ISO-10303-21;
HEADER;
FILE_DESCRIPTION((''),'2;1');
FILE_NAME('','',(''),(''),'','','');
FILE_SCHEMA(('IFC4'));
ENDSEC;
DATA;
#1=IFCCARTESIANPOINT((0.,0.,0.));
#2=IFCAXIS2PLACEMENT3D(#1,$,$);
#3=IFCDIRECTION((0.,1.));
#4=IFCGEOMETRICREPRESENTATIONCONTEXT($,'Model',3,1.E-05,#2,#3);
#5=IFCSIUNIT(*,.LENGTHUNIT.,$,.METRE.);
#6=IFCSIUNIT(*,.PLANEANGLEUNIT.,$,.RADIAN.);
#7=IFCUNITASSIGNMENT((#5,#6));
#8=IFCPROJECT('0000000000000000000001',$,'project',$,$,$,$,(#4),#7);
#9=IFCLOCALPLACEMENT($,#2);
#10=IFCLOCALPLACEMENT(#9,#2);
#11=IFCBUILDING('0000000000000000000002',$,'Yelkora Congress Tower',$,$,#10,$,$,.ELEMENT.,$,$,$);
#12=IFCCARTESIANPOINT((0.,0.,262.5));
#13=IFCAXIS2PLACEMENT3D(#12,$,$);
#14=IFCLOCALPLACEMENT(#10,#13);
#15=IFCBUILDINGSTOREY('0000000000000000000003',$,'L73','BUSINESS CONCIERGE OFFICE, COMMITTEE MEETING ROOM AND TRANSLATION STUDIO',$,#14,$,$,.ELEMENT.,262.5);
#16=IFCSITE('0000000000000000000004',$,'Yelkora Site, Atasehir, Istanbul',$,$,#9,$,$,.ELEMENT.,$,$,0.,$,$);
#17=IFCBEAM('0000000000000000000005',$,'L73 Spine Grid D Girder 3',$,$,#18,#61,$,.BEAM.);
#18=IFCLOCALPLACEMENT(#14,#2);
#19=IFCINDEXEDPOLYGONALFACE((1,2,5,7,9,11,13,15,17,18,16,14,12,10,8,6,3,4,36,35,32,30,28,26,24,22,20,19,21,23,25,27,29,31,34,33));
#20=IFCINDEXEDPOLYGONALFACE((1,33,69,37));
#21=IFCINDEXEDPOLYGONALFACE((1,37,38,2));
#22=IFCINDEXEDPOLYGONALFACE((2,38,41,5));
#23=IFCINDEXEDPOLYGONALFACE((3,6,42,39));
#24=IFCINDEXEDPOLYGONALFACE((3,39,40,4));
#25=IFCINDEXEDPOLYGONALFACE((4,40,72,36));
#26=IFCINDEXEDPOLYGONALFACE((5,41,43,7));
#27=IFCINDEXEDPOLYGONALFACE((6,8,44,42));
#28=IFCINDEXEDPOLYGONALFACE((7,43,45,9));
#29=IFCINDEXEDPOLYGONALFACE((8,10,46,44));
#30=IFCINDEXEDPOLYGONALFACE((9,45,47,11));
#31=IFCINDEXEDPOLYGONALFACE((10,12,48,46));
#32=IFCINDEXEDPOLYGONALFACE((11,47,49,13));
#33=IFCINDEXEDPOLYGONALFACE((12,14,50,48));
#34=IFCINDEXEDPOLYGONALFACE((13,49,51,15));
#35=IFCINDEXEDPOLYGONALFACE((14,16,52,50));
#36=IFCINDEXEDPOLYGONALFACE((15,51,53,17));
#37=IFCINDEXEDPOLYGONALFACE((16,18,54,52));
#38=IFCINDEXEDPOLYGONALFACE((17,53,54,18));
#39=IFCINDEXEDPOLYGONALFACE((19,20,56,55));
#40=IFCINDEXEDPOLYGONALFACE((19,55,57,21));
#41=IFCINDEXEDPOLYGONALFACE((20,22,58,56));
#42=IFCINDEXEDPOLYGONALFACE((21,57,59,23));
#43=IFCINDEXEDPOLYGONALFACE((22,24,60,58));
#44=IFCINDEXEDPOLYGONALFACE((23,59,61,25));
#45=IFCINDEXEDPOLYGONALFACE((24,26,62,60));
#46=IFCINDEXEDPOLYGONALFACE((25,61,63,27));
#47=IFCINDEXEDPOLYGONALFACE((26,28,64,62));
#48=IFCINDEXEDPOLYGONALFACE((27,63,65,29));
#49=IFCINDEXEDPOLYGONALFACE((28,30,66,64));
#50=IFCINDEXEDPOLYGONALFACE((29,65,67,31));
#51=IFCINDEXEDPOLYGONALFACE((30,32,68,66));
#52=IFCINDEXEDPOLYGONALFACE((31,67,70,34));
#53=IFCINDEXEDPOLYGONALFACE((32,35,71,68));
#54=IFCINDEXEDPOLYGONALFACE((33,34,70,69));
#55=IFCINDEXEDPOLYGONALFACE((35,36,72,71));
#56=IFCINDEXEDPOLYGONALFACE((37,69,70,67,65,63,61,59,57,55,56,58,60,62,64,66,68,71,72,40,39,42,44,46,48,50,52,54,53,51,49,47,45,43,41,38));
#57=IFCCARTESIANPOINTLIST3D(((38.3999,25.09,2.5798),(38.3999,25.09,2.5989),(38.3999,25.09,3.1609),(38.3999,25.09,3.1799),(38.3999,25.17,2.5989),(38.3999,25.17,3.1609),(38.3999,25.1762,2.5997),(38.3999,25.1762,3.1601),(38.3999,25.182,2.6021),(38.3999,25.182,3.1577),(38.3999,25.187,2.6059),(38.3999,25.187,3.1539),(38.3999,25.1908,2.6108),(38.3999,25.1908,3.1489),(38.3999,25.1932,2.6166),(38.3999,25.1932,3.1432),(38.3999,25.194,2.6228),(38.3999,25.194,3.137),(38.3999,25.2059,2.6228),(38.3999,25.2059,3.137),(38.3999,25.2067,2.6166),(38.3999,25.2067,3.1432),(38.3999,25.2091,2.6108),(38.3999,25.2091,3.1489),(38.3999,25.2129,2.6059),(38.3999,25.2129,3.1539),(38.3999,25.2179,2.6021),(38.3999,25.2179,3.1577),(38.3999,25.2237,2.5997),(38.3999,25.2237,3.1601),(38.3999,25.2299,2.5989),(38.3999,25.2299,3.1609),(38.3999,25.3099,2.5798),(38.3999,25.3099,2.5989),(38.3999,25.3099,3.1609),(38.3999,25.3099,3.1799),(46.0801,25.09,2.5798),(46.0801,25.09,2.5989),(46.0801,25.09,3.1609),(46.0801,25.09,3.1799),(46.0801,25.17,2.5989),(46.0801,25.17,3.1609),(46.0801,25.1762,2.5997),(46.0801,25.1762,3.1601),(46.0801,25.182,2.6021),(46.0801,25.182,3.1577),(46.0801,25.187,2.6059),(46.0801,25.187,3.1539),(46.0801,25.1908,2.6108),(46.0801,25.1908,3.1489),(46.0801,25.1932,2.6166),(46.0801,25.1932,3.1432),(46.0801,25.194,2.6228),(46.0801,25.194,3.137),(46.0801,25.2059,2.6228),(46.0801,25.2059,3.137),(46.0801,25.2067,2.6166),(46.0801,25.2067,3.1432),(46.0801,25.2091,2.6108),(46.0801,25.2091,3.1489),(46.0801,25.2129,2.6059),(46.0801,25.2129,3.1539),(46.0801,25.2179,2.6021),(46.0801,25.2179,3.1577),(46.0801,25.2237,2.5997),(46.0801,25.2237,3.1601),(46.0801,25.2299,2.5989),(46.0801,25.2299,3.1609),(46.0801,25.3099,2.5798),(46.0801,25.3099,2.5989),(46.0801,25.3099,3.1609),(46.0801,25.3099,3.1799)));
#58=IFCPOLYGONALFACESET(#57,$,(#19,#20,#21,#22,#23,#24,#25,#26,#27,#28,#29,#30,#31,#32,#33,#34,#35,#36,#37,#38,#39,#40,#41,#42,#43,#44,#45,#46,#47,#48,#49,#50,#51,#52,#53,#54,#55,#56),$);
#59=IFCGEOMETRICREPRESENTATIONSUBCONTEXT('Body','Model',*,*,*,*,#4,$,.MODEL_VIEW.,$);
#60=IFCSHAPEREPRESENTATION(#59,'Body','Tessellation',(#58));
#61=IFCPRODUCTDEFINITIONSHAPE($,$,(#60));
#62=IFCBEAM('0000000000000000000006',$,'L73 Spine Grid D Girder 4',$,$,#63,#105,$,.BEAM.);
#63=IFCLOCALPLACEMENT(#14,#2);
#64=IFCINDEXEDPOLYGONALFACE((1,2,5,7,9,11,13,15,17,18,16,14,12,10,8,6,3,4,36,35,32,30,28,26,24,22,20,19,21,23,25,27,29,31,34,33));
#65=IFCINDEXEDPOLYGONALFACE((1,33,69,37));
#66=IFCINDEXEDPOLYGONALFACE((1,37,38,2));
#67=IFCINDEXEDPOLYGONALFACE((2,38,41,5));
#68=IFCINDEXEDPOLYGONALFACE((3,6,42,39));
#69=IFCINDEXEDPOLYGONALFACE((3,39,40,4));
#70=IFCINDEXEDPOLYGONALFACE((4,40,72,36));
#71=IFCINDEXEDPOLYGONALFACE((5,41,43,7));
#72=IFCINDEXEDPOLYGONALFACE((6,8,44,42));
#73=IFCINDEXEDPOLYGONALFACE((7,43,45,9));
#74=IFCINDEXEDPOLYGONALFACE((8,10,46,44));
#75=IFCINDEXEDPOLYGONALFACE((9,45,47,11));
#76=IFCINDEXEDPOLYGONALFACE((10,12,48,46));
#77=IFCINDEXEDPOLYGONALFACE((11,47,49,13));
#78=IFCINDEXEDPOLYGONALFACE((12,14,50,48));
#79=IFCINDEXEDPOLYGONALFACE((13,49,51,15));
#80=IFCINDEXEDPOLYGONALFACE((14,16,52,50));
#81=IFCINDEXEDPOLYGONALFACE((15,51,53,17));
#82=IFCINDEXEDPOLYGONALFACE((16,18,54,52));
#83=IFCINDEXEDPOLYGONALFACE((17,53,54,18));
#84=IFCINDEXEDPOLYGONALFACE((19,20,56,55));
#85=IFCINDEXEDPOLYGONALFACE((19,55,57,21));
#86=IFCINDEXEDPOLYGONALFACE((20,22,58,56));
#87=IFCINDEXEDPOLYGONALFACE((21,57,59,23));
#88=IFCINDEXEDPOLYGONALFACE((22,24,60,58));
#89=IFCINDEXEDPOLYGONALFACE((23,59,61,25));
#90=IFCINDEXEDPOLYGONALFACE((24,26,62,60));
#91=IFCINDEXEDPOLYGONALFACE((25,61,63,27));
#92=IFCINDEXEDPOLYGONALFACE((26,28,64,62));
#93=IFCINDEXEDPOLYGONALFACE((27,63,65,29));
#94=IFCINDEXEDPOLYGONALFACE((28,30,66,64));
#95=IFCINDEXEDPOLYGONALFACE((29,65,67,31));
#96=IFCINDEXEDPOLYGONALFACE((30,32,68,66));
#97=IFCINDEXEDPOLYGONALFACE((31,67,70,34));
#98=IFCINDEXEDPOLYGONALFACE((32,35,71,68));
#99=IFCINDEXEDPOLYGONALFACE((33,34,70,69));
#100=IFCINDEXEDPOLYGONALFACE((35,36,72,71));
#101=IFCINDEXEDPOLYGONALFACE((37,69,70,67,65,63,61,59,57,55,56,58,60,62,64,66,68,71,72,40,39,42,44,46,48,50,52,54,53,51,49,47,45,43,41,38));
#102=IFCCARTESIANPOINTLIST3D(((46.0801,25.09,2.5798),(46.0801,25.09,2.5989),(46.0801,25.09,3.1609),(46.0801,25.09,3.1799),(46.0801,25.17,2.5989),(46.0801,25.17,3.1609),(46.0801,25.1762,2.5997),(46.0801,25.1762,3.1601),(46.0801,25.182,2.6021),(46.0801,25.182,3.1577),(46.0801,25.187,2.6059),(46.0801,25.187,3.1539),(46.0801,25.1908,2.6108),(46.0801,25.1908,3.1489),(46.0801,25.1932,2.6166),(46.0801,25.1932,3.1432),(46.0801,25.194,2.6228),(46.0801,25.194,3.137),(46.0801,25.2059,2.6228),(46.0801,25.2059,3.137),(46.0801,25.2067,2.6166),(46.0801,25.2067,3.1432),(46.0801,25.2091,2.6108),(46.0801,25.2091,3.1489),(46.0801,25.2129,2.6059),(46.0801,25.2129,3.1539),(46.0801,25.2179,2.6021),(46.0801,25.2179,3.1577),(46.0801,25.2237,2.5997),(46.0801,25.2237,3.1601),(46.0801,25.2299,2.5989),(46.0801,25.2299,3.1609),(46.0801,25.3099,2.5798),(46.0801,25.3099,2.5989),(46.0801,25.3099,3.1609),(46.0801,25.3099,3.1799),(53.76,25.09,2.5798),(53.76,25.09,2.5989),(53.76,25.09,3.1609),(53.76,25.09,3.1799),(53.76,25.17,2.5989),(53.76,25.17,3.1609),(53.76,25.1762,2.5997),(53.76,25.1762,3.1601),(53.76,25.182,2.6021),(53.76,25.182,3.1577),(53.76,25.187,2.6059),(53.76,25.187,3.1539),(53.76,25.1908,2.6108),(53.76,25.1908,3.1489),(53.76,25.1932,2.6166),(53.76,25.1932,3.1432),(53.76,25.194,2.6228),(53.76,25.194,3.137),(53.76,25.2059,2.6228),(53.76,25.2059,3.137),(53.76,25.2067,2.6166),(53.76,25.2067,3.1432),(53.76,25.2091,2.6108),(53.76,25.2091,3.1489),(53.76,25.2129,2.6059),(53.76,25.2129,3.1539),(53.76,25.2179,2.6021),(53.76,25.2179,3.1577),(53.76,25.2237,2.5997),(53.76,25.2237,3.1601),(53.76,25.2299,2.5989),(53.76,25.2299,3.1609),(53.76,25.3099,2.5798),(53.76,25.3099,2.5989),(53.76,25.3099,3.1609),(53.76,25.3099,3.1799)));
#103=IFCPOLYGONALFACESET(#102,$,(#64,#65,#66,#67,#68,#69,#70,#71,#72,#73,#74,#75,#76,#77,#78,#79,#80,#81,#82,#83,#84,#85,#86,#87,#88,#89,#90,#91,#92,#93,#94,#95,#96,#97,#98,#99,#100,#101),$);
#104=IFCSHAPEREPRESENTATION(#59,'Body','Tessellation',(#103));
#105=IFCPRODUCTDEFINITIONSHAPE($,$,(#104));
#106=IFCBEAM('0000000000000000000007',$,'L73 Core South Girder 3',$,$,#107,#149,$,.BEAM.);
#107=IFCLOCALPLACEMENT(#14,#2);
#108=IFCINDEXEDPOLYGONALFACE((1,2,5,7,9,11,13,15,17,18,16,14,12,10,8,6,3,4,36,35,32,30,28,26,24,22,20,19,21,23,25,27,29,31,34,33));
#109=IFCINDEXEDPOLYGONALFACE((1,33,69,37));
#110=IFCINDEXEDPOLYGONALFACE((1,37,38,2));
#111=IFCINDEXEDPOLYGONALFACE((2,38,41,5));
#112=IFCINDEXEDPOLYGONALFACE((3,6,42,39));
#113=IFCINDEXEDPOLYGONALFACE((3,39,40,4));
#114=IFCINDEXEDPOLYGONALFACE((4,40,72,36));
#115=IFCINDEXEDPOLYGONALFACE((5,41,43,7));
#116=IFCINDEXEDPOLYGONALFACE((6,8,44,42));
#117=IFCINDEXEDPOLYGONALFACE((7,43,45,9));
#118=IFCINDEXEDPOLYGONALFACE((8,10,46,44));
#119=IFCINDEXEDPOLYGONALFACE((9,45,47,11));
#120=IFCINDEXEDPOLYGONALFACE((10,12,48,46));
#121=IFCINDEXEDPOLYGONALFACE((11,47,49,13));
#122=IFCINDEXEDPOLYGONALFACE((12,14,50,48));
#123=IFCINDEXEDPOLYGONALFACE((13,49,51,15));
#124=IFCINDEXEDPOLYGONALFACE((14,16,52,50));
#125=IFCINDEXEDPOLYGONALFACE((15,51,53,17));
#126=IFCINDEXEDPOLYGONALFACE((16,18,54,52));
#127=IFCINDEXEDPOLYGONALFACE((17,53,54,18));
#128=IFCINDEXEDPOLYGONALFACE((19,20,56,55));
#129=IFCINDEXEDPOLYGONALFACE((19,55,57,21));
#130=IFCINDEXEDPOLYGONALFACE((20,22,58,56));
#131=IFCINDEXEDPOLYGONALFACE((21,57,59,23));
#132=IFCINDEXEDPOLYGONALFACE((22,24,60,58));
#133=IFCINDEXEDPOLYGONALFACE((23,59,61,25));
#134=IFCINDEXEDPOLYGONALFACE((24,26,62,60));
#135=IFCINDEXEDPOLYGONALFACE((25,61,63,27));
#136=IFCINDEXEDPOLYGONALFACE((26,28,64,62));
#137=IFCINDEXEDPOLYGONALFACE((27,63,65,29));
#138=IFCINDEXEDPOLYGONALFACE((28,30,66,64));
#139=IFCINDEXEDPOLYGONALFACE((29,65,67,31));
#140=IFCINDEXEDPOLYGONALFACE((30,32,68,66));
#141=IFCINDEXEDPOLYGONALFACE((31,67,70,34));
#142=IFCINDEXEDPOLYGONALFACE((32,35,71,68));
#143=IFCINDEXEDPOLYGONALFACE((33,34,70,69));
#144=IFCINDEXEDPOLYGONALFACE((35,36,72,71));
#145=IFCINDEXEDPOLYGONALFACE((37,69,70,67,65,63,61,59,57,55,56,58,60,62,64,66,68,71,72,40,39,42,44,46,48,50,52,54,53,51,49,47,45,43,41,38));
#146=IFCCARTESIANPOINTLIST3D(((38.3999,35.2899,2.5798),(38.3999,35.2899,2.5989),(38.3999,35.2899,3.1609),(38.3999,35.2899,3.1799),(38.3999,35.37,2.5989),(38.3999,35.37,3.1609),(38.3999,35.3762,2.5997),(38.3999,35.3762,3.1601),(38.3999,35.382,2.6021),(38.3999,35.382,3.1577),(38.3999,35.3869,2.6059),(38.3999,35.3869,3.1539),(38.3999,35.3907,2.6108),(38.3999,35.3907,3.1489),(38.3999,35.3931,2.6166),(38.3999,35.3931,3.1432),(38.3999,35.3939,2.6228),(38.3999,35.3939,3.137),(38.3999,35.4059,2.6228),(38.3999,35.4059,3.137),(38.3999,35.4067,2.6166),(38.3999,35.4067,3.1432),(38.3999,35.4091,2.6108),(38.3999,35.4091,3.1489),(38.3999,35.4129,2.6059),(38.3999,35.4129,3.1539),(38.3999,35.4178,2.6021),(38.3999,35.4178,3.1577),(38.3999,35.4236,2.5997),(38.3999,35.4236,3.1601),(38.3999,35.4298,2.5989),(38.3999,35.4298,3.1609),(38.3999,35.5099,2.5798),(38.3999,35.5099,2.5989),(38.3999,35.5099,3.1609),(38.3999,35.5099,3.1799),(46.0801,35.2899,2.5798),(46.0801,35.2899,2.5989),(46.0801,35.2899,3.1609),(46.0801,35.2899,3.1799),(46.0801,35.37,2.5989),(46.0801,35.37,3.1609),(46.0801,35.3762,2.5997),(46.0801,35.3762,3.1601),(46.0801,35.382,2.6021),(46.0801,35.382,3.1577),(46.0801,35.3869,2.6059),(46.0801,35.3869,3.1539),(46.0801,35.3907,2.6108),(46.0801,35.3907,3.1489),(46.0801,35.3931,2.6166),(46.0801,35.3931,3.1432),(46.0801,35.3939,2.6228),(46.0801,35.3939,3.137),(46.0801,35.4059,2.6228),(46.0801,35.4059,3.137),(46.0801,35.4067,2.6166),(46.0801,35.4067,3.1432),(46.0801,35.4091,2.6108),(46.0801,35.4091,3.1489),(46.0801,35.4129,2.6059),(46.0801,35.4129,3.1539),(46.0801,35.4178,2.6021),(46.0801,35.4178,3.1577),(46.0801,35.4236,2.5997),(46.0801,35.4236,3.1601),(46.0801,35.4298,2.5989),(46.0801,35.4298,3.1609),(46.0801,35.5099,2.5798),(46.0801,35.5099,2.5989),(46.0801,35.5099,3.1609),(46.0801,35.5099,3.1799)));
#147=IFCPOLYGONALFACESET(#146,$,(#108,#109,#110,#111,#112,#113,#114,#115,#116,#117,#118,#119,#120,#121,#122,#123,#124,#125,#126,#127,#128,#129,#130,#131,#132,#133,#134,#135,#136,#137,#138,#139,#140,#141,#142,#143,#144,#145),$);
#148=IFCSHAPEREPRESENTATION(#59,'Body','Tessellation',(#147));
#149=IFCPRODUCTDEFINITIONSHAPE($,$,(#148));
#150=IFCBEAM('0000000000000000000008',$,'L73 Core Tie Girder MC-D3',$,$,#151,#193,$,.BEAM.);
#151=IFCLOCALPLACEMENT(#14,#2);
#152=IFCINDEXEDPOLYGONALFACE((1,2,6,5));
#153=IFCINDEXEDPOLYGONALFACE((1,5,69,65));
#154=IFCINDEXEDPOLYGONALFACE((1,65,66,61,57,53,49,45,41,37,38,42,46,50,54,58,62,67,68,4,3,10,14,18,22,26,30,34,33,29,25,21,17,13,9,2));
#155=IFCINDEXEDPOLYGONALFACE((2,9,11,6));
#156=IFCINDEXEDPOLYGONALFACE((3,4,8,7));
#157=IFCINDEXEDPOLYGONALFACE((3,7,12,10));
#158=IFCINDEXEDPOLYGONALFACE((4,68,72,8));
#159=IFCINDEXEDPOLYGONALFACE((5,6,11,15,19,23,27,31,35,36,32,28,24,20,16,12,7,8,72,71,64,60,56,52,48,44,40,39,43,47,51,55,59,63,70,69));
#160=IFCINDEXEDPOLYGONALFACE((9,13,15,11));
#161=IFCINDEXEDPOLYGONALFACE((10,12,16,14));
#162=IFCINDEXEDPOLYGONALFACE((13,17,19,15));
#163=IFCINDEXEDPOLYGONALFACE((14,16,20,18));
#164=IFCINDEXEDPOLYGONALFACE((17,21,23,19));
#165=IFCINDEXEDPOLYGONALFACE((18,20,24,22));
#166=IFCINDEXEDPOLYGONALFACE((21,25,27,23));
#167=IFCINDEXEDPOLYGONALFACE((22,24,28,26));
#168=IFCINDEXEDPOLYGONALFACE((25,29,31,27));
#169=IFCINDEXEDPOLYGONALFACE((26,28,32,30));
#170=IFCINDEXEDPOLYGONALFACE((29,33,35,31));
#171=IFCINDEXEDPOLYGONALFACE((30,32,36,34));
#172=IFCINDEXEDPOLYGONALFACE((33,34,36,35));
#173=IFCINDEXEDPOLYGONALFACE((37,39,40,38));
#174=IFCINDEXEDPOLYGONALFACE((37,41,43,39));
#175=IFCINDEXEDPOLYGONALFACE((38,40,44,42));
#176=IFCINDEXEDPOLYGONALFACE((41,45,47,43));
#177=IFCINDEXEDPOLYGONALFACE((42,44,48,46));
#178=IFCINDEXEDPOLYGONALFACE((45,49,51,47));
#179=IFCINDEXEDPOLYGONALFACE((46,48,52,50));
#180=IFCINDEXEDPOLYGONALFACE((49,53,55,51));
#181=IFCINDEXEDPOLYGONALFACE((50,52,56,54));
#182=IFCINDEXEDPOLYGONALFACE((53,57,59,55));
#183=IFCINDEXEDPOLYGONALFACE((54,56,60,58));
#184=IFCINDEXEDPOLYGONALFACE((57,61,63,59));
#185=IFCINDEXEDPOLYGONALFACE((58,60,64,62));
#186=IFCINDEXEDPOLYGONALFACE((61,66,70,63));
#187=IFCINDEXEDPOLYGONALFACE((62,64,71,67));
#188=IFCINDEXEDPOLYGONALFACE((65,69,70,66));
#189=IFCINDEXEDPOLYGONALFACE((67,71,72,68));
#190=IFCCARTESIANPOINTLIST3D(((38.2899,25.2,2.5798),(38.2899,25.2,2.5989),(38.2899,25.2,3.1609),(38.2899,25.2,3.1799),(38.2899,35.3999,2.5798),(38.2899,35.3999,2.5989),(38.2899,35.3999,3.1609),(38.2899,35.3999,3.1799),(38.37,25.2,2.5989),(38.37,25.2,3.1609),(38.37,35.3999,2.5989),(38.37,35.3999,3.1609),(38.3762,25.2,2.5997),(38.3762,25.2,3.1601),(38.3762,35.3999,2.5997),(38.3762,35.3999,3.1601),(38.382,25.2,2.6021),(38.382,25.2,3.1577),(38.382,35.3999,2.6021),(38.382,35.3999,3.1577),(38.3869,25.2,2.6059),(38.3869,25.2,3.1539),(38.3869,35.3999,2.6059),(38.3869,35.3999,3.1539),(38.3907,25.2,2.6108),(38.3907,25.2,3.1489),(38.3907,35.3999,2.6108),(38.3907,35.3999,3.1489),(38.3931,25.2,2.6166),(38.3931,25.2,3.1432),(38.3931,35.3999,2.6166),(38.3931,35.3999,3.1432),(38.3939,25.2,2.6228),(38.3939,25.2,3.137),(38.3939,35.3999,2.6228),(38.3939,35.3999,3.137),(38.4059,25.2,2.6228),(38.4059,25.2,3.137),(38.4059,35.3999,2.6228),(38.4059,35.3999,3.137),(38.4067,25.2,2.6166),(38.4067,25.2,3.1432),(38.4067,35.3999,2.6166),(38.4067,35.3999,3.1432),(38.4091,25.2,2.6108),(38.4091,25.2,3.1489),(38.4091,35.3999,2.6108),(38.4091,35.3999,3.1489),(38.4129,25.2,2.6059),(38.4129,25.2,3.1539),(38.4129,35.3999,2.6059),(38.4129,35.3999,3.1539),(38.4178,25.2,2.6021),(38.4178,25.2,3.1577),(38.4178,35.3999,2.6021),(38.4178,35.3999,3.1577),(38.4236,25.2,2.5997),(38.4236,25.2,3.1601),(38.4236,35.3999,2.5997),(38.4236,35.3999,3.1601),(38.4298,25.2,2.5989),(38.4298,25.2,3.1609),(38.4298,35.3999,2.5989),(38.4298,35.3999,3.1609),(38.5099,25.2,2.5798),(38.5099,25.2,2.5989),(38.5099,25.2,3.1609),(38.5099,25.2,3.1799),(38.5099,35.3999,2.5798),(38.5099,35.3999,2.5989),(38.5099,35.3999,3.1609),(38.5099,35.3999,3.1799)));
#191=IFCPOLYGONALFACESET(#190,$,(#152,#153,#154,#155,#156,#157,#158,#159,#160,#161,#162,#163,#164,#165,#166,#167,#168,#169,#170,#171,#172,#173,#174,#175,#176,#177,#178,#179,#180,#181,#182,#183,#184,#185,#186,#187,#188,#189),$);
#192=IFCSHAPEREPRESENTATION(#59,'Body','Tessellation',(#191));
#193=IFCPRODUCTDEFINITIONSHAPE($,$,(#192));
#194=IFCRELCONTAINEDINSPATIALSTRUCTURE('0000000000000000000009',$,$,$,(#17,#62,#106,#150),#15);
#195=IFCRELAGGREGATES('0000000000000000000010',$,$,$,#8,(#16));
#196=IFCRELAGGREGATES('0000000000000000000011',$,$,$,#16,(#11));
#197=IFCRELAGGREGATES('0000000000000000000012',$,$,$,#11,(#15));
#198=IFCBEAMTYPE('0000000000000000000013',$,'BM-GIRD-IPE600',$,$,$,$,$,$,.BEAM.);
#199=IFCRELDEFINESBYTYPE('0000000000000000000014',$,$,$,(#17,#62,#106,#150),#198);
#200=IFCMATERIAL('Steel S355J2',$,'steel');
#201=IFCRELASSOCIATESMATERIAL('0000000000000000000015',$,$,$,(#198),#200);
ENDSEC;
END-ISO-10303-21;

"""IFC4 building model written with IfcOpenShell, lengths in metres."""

from ifc_helpers import new_model, si_unit, direction, frame, origin, origin_2d, place, context, subcontext, project, spatial, i_section, extrude, material, material_profile, profile_set, type_object, element, save


model = new_model("IFC4")

# Units and contexts
model_context = context("Model", 3, precision=1e-05, world=origin(), true_north=direction((0.0, 1.0)))
body_context = subcontext(model_context, "Body", "Model", "MODEL_VIEW")
ifc_project = project(units=[si_unit("LENGTHUNIT", "METRE"), si_unit("PLANEANGLEUNIT", "RADIAN")], contexts=[model_context])

# Site, building, storey
site_placement = place(None, origin())
site = spatial("IfcSite", under=ifc_project, at=site_placement, Name="Yelkora Site, Atasehir, Istanbul", CompositionType="ELEMENT", RefElevation=0.0)
building_placement = place(site_placement, origin())
building = spatial("IfcBuilding", under=site, at=building_placement, Name="Yelkora Congress Tower", CompositionType="ELEMENT")
storey_placement = place(building_placement, frame((0.0, 0.0, 262.5)))
storey = spatial("IfcBuildingStorey", under=building, at=storey_placement, Name="L73", Description="BUSINESS CONCIERGE OFFICE, COMMITTEE MEETING ROOM AND TRANSLATION STUDIO", CompositionType="ELEMENT", Elevation=262.5)

# Beams
ifc_material_1 = material(Name="Steel S355J2", Category="steel")
ifc_material_profile_1 = material_profile(ifc_material_1, i_section(OverallWidth=0.22, OverallDepth=0.6001, WebThickness=0.012, FlangeThickness=0.019, FilletRadius=0.0239, at=origin_2d()), Name="IPE 600")
ifc_profile_set_1 = profile_set([ifc_material_profile_1], Name="Steel S355J2")
beam_type_1 = type_object("IfcBeamType", Name="BM-GIRD-IPE600", PredefinedType="BEAM", material=ifc_profile_set_1)
beam_1_placement = place(storey_placement, frame((38.3999, 25.2, 2.8799), z_axis=(1.0, 0.0, 0.0), x_axis=(0.0, 1.0, 0.0)))
element("IfcBeam", 1, at=beam_1_placement, inside=storey, type_object=beam_type_1, Name="L73 Spine Grid D Girder 3", PredefinedType="BEAM", context=body_context, shape_type="SweptSolid", body=[
    extrude(i_section(OverallWidth=0.22, OverallDepth=0.6001, WebThickness=0.012, FlangeThickness=0.019, FilletRadius=0.0239, at=origin_2d()), origin(), (0.0, 0.0, 1.0), 7.6802),
])
beam_2_placement = place(storey_placement, frame((46.0801, 25.2, 2.8799), z_axis=(1.0, 0.0, 0.0), x_axis=(0.0, 1.0, 0.0)))
element("IfcBeam", 2, at=beam_2_placement, inside=storey, type_object=beam_type_1, Name="L73 Spine Grid D Girder 4", PredefinedType="BEAM", context=body_context, shape_type="SweptSolid", body=[
    extrude(i_section(OverallWidth=0.22, OverallDepth=0.6001, WebThickness=0.012, FlangeThickness=0.019, FilletRadius=0.0239, at=origin_2d()), origin(), (0.0, 0.0, 1.0), 7.6799),
])
beam_3_placement = place(storey_placement, frame((38.3999, 35.3999, 2.8799), z_axis=(1.0, 0.0, 0.0), x_axis=(0.0, 1.0, 0.0)))
element("IfcBeam", 3, at=beam_3_placement, inside=storey, type_object=beam_type_1, Name="L73 Core South Girder 3", PredefinedType="BEAM", context=body_context, shape_type="SweptSolid", body=[
    extrude(i_section(OverallWidth=0.22, OverallDepth=0.6001, WebThickness=0.012, FlangeThickness=0.019, FilletRadius=0.0239, at=origin_2d()), origin(), (0.0, 0.0, 1.0), 7.6802),
])
beam_4_placement = place(storey_placement, frame((38.3999, 25.2, 2.8799), z_axis=(0.0, 1.0, 0.0), x_axis=(-1.0, 0.0, 0.0)))
element("IfcBeam", 4, at=beam_4_placement, inside=storey, type_object=beam_type_1, Name="L73 Core Tie Girder MC-D3", PredefinedType="BEAM", context=body_context, shape_type="SweptSolid", body=[
    extrude(i_section(OverallWidth=0.22, OverallDepth=0.6001, WebThickness=0.012, FlangeThickness=0.019, FilletRadius=0.0239, at=origin_2d()), origin(), (0.0, 0.0, 1.0), 10.2),
])

save(model, "model.ifc")
